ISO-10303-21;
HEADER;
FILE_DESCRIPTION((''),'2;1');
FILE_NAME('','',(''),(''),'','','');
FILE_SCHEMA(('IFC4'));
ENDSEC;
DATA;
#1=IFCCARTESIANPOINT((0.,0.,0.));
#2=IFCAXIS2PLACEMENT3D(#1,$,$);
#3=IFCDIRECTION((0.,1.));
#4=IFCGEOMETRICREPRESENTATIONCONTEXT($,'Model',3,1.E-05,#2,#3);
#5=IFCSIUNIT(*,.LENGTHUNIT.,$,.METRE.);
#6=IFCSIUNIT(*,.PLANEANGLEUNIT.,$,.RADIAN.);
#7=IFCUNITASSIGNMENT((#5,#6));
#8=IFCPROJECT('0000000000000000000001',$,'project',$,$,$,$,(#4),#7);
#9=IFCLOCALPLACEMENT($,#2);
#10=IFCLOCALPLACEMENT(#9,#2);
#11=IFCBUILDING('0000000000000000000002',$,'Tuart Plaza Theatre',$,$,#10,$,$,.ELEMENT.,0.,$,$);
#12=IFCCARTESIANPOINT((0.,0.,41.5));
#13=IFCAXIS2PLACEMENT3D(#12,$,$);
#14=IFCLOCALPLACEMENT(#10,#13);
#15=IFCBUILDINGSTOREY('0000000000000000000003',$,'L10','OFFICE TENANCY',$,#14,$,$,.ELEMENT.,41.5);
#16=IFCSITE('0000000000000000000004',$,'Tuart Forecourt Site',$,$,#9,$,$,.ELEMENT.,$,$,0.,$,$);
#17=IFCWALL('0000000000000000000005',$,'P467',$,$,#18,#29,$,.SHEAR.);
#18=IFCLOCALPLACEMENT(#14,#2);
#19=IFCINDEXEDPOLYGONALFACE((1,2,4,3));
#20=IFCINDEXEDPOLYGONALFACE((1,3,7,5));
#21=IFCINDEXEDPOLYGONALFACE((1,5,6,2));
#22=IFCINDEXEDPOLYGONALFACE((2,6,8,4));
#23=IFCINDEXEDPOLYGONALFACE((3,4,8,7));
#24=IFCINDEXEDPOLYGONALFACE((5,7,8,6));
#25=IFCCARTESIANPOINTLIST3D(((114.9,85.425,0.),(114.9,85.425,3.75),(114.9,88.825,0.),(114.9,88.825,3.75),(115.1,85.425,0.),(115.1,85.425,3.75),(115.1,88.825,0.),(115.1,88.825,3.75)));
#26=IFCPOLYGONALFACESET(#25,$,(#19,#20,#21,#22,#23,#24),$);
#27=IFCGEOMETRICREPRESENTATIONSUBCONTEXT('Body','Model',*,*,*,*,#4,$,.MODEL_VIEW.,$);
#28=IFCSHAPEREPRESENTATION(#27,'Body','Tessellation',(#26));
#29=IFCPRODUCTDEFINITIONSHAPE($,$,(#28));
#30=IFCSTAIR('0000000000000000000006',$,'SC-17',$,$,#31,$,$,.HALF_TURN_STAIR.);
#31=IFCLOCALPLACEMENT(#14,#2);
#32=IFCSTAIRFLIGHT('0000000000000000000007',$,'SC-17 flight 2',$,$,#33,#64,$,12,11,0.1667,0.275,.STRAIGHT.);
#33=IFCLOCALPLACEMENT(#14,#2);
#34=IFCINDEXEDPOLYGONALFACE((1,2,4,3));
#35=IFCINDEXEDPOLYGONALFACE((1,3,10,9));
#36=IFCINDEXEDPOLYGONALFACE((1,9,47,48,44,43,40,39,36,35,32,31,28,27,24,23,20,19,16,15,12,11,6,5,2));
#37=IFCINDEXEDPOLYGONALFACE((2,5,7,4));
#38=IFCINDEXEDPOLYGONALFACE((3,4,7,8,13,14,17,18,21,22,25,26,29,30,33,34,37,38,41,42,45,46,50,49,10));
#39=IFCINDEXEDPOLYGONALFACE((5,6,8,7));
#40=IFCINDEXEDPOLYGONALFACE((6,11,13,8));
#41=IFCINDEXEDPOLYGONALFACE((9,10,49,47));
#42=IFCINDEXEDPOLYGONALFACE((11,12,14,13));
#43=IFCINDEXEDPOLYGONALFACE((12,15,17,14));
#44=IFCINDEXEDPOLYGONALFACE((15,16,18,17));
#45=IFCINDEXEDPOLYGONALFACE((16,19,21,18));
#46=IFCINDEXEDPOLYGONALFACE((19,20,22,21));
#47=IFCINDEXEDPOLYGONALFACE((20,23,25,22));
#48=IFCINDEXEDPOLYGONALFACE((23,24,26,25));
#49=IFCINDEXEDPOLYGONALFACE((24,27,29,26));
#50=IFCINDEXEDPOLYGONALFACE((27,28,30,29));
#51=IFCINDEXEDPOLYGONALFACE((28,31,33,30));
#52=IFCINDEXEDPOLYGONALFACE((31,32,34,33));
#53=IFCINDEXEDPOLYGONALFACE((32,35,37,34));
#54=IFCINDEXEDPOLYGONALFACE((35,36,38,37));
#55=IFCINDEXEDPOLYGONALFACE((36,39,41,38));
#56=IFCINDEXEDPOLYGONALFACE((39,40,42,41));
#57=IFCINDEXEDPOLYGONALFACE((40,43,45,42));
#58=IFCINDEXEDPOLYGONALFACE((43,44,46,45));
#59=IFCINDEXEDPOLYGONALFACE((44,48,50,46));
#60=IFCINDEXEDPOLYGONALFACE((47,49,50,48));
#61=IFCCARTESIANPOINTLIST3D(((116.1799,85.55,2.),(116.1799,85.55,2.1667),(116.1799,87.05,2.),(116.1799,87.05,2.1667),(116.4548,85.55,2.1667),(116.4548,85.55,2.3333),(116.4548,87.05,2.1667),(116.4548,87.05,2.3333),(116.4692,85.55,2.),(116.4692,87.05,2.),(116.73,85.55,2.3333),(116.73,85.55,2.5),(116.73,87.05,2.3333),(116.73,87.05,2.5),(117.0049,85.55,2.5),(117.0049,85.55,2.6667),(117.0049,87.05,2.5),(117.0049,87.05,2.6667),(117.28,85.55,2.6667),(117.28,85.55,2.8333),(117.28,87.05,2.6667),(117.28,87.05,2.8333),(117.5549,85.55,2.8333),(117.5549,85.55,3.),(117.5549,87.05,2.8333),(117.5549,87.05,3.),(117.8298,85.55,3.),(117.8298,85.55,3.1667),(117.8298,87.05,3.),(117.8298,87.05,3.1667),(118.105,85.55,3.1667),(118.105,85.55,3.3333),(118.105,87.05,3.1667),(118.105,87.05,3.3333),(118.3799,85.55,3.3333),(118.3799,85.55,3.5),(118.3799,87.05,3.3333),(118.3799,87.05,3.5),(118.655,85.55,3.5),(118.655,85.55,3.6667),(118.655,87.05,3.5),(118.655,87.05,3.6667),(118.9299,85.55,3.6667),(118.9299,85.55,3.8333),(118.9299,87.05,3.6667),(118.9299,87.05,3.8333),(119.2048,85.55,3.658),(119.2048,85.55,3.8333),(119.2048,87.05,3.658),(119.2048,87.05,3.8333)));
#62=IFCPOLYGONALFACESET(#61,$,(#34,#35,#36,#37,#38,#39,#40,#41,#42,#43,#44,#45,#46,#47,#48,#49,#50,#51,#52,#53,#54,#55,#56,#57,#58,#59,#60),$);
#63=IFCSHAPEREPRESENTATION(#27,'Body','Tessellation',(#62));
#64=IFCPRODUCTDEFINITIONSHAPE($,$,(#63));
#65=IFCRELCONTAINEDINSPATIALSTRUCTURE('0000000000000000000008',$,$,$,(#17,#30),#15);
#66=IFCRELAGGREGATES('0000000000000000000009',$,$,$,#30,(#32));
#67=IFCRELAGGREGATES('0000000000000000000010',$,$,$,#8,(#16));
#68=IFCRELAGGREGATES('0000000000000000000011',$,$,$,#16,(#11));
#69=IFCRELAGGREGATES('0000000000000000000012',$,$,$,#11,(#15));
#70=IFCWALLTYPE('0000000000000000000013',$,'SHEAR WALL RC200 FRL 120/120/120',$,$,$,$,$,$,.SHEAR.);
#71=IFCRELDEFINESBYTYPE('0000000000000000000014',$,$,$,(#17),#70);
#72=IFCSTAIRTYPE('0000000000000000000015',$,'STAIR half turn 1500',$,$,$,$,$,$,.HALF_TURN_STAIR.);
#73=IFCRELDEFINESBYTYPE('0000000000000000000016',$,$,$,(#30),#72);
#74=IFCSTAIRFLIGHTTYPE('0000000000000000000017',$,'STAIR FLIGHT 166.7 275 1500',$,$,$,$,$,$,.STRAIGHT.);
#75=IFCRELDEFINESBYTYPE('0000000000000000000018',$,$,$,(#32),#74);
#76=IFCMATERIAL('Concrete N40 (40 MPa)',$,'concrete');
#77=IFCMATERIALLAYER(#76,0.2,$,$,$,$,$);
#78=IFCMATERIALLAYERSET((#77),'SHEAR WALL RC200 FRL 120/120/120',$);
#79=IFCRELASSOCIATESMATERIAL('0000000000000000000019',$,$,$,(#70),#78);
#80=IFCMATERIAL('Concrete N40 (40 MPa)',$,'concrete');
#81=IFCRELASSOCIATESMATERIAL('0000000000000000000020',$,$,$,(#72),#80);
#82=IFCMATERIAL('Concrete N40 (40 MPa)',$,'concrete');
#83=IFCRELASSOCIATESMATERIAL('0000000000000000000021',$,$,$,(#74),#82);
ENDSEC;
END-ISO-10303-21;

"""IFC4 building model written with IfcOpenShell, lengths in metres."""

from ifc_helpers import new_model, si_unit, direction, frame, frame_2d, origin, place, context, subcontext, project, spatial, polyline, rectangle, outline, extrude, material, layer, layer_set, type_object, element, aggregate, save


model = new_model("IFC4")

# Units and contexts
model_context = context("Model", 3, precision=1e-05, world=origin(), true_north=direction((0.0, 1.0)))
body_context = subcontext(model_context, "Body", "Model", "MODEL_VIEW")
ifc_project = project(units=[si_unit("LENGTHUNIT", "METRE"), si_unit("PLANEANGLEUNIT", "RADIAN")], contexts=[model_context])

# Site, building, storey
site_placement = place(None, origin())
site = spatial("IfcSite", under=ifc_project, at=site_placement, Name="Tuart Forecourt Site", CompositionType="ELEMENT", RefElevation=0.0)
building_placement = place(site_placement, origin())
building = spatial("IfcBuilding", under=site, at=building_placement, Name="Tuart Plaza Theatre", CompositionType="ELEMENT", ElevationOfRefHeight=0.0)
storey_placement = place(building_placement, frame((0.0, 0.0, 41.5)))
storey = spatial("IfcBuildingStorey", under=building, at=storey_placement, Name="L10", Description="OFFICE TENANCY", CompositionType="ELEMENT", Elevation=41.5)

# Shared definitions
ifc_material_1 = material(Name="Concrete N40 (40 MPa)", Category="concrete")
ifc_layer_1 = layer(ifc_material_1, 0.2)
ifc_layer_set_1 = layer_set([ifc_layer_1], Name="SHEAR WALL RC200 FRL 120/120/120")
wall_type_1 = type_object("IfcWallType", Name="SHEAR WALL RC200 FRL 120/120/120", PredefinedType="SHEAR", material=ifc_layer_set_1)

# Wall
wall_1_placement = place(storey_placement, frame((115.0, 88.825, 0.0), z_axis=(0.0, 0.0, 1.0), x_axis=(0.0, -1.0, 0.0)))
element("IfcWall", 1, at=wall_1_placement, inside=storey, type_object=wall_type_1, Name="P467", PredefinedType="SHEAR", context=body_context, shape_type="SweptSolid", body=[
    extrude(rectangle(XDim=3.3999, YDim=0.2, at=frame_2d((1.7, 0.0))), origin(), (0.0, 0.0, 1.0), 3.75),
])

# Stair, stair flight
ifc_material_2 = material(Name="Concrete N40 (40 MPa)", Category="concrete")
stair_type = type_object("IfcStairType", Name="STAIR half turn 1500", PredefinedType="HALF_TURN_STAIR", material=ifc_material_2)
stair_placement = place(storey_placement, origin())
stair = element("IfcStair", 2, at=stair_placement, inside=storey, type_object=stair_type, Name="SC-17", PredefinedType="HALF_TURN_STAIR")
ifc_material_3 = material(Name="Concrete N40 (40 MPa)", Category="concrete")
stair_flight_type = type_object("IfcStairFlightType", Name="STAIR FLIGHT 166.7 275 1500", PredefinedType="STRAIGHT", material=ifc_material_3)
stair_flight_placement = place(storey_placement, frame((116.1799, 86.3, 2.0), z_axis=(0.0, 0.0, 1.0), x_axis=(1.0, 0.0, 0.0)))
stair_flight = element("IfcStairFlight", 3, at=stair_flight_placement, type_object=stair_flight_type, Name="SC-17 flight 2", NumberOfRisers=12, NumberOfTreads=11, PredefinedType="STRAIGHT", RiserHeight=0.1667, TreadLength=0.275, context=body_context, shape_type="SweptSolid", body=[
    extrude(outline(polyline([(0.0, 0.0), (0.0, 0.1667), (0.2749, 0.1667), (0.2749, 0.3333), (0.55, 0.3333), (0.55, 0.5), (0.825, 0.5), (0.825, 0.6667), (1.1001, 0.6667), (1.1001, 0.8333), (1.375, 0.8333), (1.375, 1.0), (1.6499, 1.0), (1.6499, 1.1667), (1.925, 1.1667), (1.925, 1.3333), (2.2, 1.3333), (2.2, 1.5), (2.4751, 1.5), (2.4751, 1.6667), (2.75, 1.6667), (2.75, 1.8333), (3.0249, 1.8333), (3.0249, 2.0), (3.0249, 1.658), (0.2893, 0.0), (0.0, 0.0)])), frame((0.0, 0.75, 0.0), z_axis=(0.0, -1.0, 0.0), x_axis=(1.0, 0.0, 0.0)), (0.0, 0.0, 1.0), 1.5),
])
aggregate(stair, [stair_flight])

save(model, "model.ifc")
